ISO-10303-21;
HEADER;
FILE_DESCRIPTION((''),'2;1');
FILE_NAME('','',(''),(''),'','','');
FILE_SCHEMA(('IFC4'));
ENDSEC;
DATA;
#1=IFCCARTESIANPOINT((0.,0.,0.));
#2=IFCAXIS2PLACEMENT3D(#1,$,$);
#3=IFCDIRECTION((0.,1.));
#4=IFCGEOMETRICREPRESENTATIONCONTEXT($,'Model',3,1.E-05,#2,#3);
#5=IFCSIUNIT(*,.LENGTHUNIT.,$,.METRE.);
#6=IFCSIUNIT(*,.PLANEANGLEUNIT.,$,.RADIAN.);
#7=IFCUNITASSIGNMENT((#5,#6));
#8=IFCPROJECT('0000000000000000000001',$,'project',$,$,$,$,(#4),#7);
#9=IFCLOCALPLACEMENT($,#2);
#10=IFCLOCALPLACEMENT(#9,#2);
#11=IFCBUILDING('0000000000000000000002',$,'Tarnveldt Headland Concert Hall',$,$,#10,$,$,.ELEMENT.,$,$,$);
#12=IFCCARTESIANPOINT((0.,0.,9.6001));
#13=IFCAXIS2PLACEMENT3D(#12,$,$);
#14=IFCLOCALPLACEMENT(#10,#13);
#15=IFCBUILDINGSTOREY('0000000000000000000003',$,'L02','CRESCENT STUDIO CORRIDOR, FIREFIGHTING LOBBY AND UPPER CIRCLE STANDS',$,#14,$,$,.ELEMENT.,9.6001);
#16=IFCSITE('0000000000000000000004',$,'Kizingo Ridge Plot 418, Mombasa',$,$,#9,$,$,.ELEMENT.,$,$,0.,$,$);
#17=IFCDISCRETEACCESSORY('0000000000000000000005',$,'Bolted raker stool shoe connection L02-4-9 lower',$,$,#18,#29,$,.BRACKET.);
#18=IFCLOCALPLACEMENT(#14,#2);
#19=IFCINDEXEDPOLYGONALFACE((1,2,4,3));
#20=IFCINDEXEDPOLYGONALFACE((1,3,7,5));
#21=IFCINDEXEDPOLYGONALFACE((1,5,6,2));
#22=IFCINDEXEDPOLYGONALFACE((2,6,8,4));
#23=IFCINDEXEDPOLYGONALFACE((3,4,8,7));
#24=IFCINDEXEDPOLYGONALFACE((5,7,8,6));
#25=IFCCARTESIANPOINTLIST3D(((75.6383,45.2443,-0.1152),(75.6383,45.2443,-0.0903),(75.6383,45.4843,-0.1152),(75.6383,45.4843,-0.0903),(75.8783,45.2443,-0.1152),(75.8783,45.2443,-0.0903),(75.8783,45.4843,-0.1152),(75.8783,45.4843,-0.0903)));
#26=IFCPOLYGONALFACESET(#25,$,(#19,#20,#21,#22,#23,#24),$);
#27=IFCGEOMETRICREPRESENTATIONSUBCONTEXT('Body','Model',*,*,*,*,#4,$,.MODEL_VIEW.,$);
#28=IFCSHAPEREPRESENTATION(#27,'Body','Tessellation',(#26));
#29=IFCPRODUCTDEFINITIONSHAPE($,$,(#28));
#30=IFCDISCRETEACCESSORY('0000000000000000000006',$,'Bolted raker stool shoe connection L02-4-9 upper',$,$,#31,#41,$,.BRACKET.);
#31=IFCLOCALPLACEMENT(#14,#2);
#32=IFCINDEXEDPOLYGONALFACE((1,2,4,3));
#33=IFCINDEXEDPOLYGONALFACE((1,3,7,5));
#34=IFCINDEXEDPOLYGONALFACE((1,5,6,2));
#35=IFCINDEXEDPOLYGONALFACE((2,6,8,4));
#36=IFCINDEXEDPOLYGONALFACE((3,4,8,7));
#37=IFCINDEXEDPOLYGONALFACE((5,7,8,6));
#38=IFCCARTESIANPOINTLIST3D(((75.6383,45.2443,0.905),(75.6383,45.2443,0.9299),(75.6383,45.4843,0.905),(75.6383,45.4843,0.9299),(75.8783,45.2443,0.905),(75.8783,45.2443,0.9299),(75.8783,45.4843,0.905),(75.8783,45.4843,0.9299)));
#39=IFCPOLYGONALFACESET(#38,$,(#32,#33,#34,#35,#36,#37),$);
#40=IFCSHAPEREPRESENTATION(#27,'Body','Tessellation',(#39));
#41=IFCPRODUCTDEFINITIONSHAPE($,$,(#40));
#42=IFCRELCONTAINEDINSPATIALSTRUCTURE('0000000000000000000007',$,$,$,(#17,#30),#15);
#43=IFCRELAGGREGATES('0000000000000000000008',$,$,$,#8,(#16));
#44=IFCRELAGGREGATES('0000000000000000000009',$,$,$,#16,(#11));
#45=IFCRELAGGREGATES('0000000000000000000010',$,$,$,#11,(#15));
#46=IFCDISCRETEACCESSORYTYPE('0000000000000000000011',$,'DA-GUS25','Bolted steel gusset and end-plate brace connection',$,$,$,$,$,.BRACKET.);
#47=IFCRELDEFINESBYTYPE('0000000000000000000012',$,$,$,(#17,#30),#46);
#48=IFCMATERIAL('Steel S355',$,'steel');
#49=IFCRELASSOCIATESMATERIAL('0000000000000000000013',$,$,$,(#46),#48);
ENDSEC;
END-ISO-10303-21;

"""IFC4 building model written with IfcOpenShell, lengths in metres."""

from ifc_helpers import new_model, si_unit, direction, frame, origin, origin_2d, place, context, subcontext, project, spatial, rectangle, extrude, material, type_object, element, save


model = new_model("IFC4")

# Units and contexts
model_context = context("Model", 3, precision=1e-05, world=origin(), true_north=direction((0.0, 1.0)))
body_context = subcontext(model_context, "Body", "Model", "MODEL_VIEW")
ifc_project = project(units=[si_unit("LENGTHUNIT", "METRE"), si_unit("PLANEANGLEUNIT", "RADIAN")], contexts=[model_context])

# Site, building, storey
site_placement = place(None, origin())
site = spatial("IfcSite", under=ifc_project, at=site_placement, Name="Kizingo Ridge Plot 418, Mombasa", CompositionType="ELEMENT", RefElevation=0.0)
building_placement = place(site_placement, origin())
building = spatial("IfcBuilding", under=site, at=building_placement, Name="Tarnveldt Headland Concert Hall", CompositionType="ELEMENT")
storey_placement = place(building_placement, frame((0.0, 0.0, 9.6001)))
storey = spatial("IfcBuildingStorey", under=building, at=storey_placement, Name="L02", Description="CRESCENT STUDIO CORRIDOR, FIREFIGHTING LOBBY AND UPPER CIRCLE STANDS", CompositionType="ELEMENT", Elevation=9.6001)

# Shared definitions
ifc_material_1 = material(Name="Steel S355", Category="steel")

# Discrete accessories
discrete_accessory_type = type_object("IfcDiscreteAccessoryType", Name="DA-GUS25", Description="Bolted steel gusset and end-plate brace connection", PredefinedType="BRACKET", material=ifc_material_1)
for number, where, z_axis, x_axis, name in (
    (1, (75.7583, 45.3643, -0.1152), (0.0, 0.0, 1.0), (1.0, 0.0, 0.0), "Bolted raker stool shoe connection L02-4-9 lower"),
    (2, (75.7583, 45.3643, 0.905), (0.0, 0.0, 1.0), (1.0, 0.0, 0.0), "Bolted raker stool shoe connection L02-4-9 upper"),
):
    element("IfcDiscreteAccessory", number, at=place(storey_placement, frame(where, z_axis=z_axis, x_axis=x_axis)), inside=storey, type_object=discrete_accessory_type, Name=name, PredefinedType="BRACKET", context=body_context, shape_type="SweptSolid", body=[
        extrude(rectangle(XDim=0.24, YDim=0.24, at=origin_2d()), origin(), (0.0, 0.0, 1.0), 0.0249),
    ])

save(model, "model.ifc")
